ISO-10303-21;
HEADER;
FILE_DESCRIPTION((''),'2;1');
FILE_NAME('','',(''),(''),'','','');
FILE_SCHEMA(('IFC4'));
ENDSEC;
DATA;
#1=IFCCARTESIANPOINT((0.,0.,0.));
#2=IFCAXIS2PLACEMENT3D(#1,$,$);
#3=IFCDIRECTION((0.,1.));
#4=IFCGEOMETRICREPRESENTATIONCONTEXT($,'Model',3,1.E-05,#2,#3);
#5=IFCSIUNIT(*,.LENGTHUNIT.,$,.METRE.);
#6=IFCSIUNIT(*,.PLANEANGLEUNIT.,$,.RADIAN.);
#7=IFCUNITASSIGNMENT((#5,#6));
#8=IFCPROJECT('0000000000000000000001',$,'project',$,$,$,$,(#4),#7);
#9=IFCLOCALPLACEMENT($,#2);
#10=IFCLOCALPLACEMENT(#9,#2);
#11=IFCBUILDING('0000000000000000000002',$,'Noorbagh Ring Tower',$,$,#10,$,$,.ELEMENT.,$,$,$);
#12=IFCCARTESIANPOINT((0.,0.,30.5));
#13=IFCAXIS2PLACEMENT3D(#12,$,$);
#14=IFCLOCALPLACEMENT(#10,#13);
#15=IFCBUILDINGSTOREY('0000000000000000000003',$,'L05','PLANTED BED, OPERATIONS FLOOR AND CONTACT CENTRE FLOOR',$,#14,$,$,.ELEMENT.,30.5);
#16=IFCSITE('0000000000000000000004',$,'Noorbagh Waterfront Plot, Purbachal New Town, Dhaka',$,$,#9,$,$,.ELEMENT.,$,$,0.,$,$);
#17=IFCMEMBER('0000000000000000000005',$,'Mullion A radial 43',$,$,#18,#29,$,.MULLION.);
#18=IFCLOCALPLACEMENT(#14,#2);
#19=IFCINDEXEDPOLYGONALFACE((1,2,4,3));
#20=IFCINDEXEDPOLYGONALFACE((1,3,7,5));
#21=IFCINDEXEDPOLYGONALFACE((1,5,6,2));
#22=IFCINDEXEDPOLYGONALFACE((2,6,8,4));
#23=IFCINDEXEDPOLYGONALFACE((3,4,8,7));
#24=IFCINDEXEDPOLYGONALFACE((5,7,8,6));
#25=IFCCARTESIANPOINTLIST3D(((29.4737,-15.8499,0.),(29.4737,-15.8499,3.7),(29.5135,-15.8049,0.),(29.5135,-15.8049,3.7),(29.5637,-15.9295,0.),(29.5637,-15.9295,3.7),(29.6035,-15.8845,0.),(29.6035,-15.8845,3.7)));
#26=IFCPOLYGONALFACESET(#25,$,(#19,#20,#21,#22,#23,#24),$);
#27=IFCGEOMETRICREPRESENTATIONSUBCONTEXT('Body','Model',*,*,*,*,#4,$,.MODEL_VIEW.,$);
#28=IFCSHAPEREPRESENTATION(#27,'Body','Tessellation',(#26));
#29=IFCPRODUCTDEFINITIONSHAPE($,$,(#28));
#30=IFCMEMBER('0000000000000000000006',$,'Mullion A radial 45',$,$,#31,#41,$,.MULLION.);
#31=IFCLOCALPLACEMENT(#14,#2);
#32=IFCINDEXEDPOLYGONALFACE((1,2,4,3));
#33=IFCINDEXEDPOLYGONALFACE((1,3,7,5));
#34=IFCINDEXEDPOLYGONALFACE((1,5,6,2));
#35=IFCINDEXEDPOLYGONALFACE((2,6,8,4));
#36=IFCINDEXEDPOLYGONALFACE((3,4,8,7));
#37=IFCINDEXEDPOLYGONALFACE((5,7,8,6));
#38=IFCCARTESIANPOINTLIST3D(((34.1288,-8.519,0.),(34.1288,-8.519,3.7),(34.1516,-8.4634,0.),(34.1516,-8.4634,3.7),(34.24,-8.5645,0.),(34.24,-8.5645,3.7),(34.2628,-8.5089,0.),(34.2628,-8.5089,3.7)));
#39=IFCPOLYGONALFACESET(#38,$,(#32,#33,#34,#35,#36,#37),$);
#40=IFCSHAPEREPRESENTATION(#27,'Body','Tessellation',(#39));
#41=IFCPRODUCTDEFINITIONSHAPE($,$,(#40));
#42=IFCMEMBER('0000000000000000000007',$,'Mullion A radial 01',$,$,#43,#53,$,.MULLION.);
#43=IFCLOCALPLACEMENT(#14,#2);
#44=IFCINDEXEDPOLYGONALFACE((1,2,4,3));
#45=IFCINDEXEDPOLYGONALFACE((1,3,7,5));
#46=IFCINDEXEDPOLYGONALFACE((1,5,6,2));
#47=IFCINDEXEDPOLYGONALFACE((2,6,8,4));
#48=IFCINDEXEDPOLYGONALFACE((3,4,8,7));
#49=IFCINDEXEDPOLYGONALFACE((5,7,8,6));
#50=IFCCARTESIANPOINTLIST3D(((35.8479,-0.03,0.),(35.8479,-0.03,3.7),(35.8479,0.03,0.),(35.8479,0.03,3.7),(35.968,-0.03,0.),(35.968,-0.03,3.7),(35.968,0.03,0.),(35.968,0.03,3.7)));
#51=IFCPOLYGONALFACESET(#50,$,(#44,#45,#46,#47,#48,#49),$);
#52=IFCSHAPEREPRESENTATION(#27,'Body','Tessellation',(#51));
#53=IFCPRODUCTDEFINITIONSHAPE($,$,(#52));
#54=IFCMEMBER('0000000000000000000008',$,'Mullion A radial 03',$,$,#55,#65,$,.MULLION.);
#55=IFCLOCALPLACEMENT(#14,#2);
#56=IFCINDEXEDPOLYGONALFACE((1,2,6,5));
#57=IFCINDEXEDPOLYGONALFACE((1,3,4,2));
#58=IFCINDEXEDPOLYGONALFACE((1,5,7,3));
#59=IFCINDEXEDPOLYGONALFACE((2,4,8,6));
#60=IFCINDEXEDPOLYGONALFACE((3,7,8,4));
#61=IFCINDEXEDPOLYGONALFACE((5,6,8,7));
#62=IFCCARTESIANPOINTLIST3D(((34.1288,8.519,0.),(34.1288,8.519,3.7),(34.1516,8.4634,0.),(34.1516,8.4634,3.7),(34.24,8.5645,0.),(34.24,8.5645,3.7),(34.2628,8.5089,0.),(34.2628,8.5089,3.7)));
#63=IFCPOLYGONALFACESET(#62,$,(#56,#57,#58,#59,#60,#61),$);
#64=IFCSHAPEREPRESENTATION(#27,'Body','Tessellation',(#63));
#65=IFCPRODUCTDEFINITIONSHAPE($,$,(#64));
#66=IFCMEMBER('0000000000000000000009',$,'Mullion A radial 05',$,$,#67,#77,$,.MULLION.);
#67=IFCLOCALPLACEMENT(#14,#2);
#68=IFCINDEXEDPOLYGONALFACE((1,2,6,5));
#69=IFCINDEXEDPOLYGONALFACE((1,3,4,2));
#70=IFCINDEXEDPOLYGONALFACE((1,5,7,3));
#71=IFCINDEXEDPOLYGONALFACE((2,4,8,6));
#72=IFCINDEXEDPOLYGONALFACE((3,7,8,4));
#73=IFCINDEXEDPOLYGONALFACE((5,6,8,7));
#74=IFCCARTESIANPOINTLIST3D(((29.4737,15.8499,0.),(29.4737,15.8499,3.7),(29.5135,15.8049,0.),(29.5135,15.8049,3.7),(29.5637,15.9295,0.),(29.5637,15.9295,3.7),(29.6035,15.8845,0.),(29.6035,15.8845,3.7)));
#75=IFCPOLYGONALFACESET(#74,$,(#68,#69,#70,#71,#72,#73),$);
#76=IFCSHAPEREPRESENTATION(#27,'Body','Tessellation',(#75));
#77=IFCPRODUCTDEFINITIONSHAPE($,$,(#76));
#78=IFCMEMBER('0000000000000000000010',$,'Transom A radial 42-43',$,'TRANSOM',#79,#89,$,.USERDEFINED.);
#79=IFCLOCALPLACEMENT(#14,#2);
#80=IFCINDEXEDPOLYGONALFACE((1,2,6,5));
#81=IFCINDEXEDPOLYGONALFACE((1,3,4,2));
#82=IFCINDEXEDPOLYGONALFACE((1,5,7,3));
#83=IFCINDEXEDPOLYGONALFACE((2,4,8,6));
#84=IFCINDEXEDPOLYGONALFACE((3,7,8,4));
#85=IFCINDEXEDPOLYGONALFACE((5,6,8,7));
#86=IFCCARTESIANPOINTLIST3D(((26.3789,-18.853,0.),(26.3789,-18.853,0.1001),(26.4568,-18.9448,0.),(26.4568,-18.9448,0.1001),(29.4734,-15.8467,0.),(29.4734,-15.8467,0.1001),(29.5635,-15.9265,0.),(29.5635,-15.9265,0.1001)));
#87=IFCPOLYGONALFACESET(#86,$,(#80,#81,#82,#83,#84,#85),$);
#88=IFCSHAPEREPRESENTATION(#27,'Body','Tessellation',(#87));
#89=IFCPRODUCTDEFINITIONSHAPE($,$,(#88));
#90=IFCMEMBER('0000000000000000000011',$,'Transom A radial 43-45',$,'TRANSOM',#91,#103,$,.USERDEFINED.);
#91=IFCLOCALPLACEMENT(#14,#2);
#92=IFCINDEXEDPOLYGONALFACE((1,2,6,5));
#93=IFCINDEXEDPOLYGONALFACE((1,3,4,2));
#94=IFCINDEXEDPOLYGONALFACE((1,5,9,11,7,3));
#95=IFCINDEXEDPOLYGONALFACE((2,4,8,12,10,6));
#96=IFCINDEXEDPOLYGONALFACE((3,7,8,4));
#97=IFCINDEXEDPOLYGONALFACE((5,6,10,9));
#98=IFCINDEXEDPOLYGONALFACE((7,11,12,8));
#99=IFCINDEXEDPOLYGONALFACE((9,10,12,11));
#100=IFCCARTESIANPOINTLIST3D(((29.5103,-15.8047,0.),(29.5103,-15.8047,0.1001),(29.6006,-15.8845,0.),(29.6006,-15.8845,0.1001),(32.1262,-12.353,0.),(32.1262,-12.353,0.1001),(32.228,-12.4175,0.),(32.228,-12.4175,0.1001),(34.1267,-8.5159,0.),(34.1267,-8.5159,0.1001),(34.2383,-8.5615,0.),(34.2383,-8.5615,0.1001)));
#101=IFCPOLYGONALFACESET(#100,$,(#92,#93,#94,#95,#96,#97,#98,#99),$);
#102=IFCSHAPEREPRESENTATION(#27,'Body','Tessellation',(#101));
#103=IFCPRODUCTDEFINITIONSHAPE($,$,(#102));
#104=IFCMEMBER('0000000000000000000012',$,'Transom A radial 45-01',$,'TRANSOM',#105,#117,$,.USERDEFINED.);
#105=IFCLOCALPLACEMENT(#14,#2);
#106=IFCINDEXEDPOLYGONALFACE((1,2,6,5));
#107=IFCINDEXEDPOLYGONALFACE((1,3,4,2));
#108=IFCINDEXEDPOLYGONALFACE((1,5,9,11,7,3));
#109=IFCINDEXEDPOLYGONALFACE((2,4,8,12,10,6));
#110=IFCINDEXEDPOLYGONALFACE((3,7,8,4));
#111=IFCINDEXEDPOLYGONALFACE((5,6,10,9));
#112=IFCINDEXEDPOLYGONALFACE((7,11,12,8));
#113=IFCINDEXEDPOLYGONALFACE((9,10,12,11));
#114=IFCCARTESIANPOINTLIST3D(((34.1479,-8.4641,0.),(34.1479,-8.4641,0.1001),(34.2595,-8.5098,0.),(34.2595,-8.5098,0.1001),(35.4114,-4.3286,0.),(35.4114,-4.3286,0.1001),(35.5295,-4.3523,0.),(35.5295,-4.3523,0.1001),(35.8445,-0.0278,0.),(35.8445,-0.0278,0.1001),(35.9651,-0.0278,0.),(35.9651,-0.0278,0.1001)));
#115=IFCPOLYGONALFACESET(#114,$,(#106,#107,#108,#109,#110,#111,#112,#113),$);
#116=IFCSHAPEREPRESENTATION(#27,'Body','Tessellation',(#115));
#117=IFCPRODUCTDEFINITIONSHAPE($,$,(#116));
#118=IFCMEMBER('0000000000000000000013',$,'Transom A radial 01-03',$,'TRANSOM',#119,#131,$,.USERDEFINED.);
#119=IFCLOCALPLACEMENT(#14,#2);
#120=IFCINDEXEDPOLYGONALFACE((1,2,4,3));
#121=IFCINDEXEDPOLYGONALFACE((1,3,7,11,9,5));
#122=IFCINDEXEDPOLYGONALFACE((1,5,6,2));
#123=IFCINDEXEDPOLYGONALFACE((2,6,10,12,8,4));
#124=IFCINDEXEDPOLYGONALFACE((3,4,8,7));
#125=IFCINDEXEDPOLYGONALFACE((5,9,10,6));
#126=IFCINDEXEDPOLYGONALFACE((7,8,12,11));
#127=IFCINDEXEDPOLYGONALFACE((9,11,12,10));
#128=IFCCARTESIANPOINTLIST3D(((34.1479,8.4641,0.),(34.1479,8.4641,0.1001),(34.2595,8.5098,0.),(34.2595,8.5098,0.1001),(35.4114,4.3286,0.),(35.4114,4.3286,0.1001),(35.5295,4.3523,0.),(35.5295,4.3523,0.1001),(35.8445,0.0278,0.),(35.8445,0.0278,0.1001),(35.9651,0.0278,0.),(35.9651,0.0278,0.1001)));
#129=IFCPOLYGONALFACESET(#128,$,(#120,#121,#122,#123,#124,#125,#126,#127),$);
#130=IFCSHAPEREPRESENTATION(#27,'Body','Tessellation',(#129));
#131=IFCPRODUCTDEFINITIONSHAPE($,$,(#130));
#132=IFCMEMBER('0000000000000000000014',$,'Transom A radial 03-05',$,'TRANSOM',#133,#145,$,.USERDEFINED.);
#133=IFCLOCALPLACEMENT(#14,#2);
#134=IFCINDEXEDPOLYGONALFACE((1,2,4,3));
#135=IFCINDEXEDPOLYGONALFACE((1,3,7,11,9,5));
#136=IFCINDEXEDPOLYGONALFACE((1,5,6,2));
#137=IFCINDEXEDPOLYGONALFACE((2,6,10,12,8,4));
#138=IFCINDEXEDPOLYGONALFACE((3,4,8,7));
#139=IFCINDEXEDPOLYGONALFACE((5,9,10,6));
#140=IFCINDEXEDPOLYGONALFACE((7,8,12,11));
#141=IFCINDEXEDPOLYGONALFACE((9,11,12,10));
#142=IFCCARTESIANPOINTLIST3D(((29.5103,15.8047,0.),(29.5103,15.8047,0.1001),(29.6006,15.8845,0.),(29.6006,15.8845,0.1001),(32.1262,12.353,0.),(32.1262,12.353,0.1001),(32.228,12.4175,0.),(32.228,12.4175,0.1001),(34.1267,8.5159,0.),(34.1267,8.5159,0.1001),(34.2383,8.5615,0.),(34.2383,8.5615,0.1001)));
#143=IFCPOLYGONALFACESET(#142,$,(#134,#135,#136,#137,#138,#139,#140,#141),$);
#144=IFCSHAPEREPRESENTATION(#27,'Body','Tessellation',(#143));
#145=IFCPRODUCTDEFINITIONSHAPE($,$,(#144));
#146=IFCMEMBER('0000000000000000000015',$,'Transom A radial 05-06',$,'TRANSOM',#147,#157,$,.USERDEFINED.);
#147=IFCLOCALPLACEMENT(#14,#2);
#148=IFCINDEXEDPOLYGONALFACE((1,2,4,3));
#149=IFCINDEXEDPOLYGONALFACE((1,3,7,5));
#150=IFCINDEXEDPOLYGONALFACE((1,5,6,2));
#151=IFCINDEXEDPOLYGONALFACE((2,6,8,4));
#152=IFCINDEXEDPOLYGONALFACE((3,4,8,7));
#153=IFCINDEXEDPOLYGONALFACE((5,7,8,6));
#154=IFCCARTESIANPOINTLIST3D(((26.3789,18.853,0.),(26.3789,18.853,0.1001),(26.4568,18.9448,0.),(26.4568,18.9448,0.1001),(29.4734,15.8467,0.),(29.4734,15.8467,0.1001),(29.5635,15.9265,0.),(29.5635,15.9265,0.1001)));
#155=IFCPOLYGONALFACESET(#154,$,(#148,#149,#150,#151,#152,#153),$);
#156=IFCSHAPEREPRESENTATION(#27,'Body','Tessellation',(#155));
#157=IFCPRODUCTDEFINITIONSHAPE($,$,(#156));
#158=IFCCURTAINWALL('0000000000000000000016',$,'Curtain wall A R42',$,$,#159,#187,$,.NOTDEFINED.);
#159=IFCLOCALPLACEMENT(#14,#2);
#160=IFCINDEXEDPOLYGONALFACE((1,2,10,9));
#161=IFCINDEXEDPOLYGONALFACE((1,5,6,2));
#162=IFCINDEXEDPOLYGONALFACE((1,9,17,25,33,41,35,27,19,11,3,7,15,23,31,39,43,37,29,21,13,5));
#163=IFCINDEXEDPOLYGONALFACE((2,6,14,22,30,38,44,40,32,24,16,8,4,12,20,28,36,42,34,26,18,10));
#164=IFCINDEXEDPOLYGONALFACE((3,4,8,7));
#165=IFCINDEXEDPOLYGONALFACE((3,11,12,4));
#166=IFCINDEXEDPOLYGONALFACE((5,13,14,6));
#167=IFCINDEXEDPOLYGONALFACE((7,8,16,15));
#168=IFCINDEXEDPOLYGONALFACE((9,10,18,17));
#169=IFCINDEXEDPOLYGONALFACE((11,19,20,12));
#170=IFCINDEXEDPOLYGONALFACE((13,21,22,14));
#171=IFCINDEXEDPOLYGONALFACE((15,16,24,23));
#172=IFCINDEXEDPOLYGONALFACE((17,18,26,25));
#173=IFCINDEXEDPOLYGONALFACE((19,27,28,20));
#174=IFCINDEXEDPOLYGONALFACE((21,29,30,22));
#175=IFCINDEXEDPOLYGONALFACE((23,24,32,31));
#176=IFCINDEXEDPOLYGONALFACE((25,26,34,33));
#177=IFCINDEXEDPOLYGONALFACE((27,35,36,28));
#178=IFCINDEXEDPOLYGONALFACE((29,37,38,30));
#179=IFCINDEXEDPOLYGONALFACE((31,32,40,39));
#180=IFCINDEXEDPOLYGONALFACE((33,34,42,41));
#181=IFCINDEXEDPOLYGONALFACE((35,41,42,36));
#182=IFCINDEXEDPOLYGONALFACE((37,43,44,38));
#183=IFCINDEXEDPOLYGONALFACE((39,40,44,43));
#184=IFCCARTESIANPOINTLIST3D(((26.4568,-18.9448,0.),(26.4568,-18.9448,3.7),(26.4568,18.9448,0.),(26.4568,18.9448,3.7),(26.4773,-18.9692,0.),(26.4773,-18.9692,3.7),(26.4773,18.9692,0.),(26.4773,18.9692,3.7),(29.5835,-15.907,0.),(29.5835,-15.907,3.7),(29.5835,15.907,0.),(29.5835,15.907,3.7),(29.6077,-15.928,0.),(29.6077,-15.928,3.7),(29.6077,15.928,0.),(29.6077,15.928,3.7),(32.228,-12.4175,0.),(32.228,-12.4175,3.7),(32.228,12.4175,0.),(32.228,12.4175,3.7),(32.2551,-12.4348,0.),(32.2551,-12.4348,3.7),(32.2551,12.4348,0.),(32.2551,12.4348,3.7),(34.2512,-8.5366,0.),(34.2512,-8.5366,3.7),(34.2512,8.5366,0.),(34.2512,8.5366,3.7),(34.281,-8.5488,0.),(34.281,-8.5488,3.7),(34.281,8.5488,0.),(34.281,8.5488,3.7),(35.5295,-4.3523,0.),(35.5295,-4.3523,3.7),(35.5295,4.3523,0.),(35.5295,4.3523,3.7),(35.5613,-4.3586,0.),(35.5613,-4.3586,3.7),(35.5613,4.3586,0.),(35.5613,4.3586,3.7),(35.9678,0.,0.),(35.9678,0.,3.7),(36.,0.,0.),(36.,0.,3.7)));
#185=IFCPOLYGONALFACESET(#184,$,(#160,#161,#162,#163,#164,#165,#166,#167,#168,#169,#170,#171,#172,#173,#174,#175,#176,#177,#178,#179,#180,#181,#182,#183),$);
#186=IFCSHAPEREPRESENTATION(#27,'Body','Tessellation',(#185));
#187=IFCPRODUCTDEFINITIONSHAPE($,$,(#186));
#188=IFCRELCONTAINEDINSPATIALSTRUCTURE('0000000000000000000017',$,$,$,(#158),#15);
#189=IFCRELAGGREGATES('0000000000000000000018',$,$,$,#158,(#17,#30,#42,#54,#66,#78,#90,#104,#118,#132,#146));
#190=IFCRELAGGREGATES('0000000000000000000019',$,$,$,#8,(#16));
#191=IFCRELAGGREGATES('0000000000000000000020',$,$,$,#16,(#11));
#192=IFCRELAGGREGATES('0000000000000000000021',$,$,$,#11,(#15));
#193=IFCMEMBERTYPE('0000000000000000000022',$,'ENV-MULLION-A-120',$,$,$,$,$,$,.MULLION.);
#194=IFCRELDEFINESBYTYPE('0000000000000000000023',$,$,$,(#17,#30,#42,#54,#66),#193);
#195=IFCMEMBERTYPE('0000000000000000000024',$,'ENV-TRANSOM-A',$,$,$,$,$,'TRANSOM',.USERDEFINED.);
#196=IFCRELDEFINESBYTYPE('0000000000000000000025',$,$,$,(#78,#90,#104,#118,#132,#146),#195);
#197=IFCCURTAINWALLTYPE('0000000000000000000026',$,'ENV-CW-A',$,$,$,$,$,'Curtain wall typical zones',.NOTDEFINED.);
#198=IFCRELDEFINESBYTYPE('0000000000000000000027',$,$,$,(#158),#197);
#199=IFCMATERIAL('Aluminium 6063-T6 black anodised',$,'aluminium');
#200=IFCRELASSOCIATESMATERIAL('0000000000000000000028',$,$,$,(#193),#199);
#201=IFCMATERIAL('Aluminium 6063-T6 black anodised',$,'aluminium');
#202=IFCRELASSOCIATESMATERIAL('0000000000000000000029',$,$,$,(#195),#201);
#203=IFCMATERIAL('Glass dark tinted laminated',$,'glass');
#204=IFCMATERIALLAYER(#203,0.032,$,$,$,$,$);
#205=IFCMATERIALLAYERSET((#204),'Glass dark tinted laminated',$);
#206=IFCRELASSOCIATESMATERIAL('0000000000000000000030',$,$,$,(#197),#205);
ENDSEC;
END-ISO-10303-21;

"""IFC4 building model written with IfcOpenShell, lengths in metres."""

from ifc_helpers import new_model, si_unit, direction, frame, origin, origin_2d, place, context, subcontext, project, spatial, polyline, rectangle, outline, extrude, material, layer, layer_set, material_profile, profile_set, type_object, element, aggregate, save


model = new_model("IFC4")

# Units and contexts
model_context = context("Model", 3, precision=1e-05, world=origin(), true_north=direction((0.0, 1.0)))
body_context = subcontext(model_context, "Body", "Model", "MODEL_VIEW")
ifc_project = project(units=[si_unit("LENGTHUNIT", "METRE"), si_unit("PLANEANGLEUNIT", "RADIAN")], contexts=[model_context])

# Members
ifc_material_1 = material(Name="Aluminium 6063-T6 black anodised", Category="aluminium")
ifc_material_profile = material_profile(ifc_material_1, rectangle(XDim=0.1201, YDim=0.0601, at=origin_2d()), Name="120x60")
ifc_profile_set = profile_set([ifc_material_profile], Name="Aluminium 6063-T6 black anodised")
member_type_1 = type_object("IfcMemberType", Name="ENV-MULLION-A-120", PredefinedType="MULLION", material=ifc_profile_set)
site_placement = place(None, origin())
building_placement = place(site_placement, origin())
storey_placement = place(building_placement, frame((0.0, 0.0, 30.5)))
member_1_placement = place(storey_placement, frame((29.5386, -15.8672, 0.0), z_axis=(0.0, 0.0, 1.0), x_axis=(-0.749047, 0.662517, 0.0)))
member_1 = element("IfcMember", 1, at=member_1_placement, type_object=member_type_1, Name="Mullion A radial 43", PredefinedType="MULLION", context=body_context, shape_type="SweptSolid", body=[
    extrude(rectangle(XDim=0.1201, YDim=0.0601, at=origin_2d()), origin(), (0.0, 0.0, 1.0), 3.7),
])
member_2_placement = place(storey_placement, frame((34.1958, -8.5139, 0.0), z_axis=(0.0, 0.0, 1.0), x_axis=(-0.925467, 0.378827, 0.0)))
member_2 = element("IfcMember", 2, at=member_2_placement, type_object=member_type_1, Name="Mullion A radial 45", PredefinedType="MULLION", context=body_context, shape_type="SweptSolid", body=[
    extrude(rectangle(XDim=0.1201, YDim=0.0601, at=origin_2d()), origin(), (0.0, 0.0, 1.0), 3.7),
])
member_3_placement = place(storey_placement, frame((35.908, 0.0, 0.0), z_axis=(0.0, 0.0, 1.0), x_axis=(-1.0, 0.0, 0.0)))
member_3 = element("IfcMember", 3, at=member_3_placement, type_object=member_type_1, Name="Mullion A radial 01", PredefinedType="MULLION", context=body_context, shape_type="SweptSolid", body=[
    extrude(rectangle(XDim=0.1201, YDim=0.0601, at=origin_2d()), origin(), (0.0, 0.0, 1.0), 3.7),
])
member_4_placement = place(storey_placement, frame((34.1958, 8.5139, 0.0), z_axis=(0.0, 0.0, 1.0), x_axis=(-0.925467, -0.378827, 0.0)))
member_4 = element("IfcMember", 4, at=member_4_placement, type_object=member_type_1, Name="Mullion A radial 03", PredefinedType="MULLION", context=body_context, shape_type="SweptSolid", body=[
    extrude(rectangle(XDim=0.1201, YDim=0.0601, at=origin_2d()), origin(), (0.0, 0.0, 1.0), 3.7),
])
member_5_placement = place(storey_placement, frame((29.5386, 15.8672, 0.0), z_axis=(0.0, 0.0, 1.0), x_axis=(-0.749047, -0.662517, 0.0)))
member_5 = element("IfcMember", 5, at=member_5_placement, type_object=member_type_1, Name="Mullion A radial 05", PredefinedType="MULLION", context=body_context, shape_type="SweptSolid", body=[
    extrude(rectangle(XDim=0.1201, YDim=0.0601, at=origin_2d()), origin(), (0.0, 0.0, 1.0), 3.7),
])
ifc_material_2 = material(Name="Aluminium 6063-T6 black anodised", Category="aluminium")
member_type_2 = type_object("IfcMemberType", Name="ENV-TRANSOM-A", ElementType="TRANSOM", PredefinedType="USERDEFINED", material=ifc_material_2)
member_6_placement = place(storey_placement, origin())
member_6 = element("IfcMember", 6, at=member_6_placement, type_object=member_type_2, Name="Transom A radial 42-43", ObjectType="TRANSOM", PredefinedType="USERDEFINED", context=body_context, shape_type="SweptSolid", body=[
    extrude(outline(polyline([(26.4568, -18.9448), (29.5635, -15.9265), (29.4734, -15.8467), (26.3789, -18.853), (26.4568, -18.9448)])), origin(), (0.0, 0.0, 1.0), 0.1001),
])
member_7_placement = place(storey_placement, origin())
member_7 = element("IfcMember", 7, at=member_7_placement, type_object=member_type_2, Name="Transom A radial 43-45", ObjectType="TRANSOM", PredefinedType="USERDEFINED", context=body_context, shape_type="SweptSolid", body=[
    extrude(outline(polyline([(29.6006, -15.8845), (32.228, -12.4175), (34.2383, -8.5615), (34.1267, -8.5159), (32.1262, -12.353), (29.5103, -15.8047), (29.6006, -15.8845)])), origin(), (0.0, 0.0, 1.0), 0.1001),
])
member_8_placement = place(storey_placement, origin())
member_8 = element("IfcMember", 8, at=member_8_placement, type_object=member_type_2, Name="Transom A radial 45-01", ObjectType="TRANSOM", PredefinedType="USERDEFINED", context=body_context, shape_type="SweptSolid", body=[
    extrude(outline(polyline([(34.2595, -8.5098), (35.5295, -4.3523), (35.9651, -0.0278), (35.8445, -0.0278), (35.4114, -4.3286), (34.1479, -8.4641), (34.2595, -8.5098)])), origin(), (0.0, 0.0, 1.0), 0.1001),
])
member_9_placement = place(storey_placement, origin())
member_9 = element("IfcMember", 9, at=member_9_placement, type_object=member_type_2, Name="Transom A radial 01-03", ObjectType="TRANSOM", PredefinedType="USERDEFINED", context=body_context, shape_type="SweptSolid", body=[
    extrude(outline(polyline([(35.9651, 0.0278), (35.5295, 4.3523), (34.2595, 8.5098), (34.1479, 8.4641), (35.4114, 4.3286), (35.8445, 0.0278), (35.9651, 0.0278)])), origin(), (0.0, 0.0, 1.0), 0.1001),
])
member_10_placement = place(storey_placement, origin())
member_10 = element("IfcMember", 10, at=member_10_placement, type_object=member_type_2, Name="Transom A radial 03-05", ObjectType="TRANSOM", PredefinedType="USERDEFINED", context=body_context, shape_type="SweptSolid", body=[
    extrude(outline(polyline([(34.2383, 8.5615), (32.228, 12.4175), (29.6006, 15.8845), (29.5103, 15.8047), (32.1262, 12.353), (34.1267, 8.5159), (34.2383, 8.5615)])), origin(), (0.0, 0.0, 1.0), 0.1001),
])
member_11_placement = place(storey_placement, origin())
member_11 = element("IfcMember", 11, at=member_11_placement, type_object=member_type_2, Name="Transom A radial 05-06", ObjectType="TRANSOM", PredefinedType="USERDEFINED", context=body_context, shape_type="SweptSolid", body=[
    extrude(outline(polyline([(29.5635, 15.9265), (26.4568, 18.9448), (26.3789, 18.853), (29.4734, 15.8467), (29.5635, 15.9265)])), origin(), (0.0, 0.0, 1.0), 0.1001),
])

# Site, building, storey
site = spatial("IfcSite", under=ifc_project, at=site_placement, Name="Noorbagh Waterfront Plot, Purbachal New Town, Dhaka", CompositionType="ELEMENT", RefElevation=0.0)
building = spatial("IfcBuilding", under=site, at=building_placement, Name="Noorbagh Ring Tower", CompositionType="ELEMENT")
storey = spatial("IfcBuildingStorey", under=building, at=storey_placement, Name="L05", Description="PLANTED BED, OPERATIONS FLOOR AND CONTACT CENTRE FLOOR", CompositionType="ELEMENT", Elevation=30.5)

# Curtain wall
ifc_material_3 = material(Name="Glass dark tinted laminated", Category="glass")
ifc_layer = layer(ifc_material_3, 0.032)
ifc_layer_set = layer_set([ifc_layer], Name="Glass dark tinted laminated")
curtain_wall_type = type_object("IfcCurtainWallType", Name="ENV-CW-A", ElementType="Curtain wall typical zones", PredefinedType="NOTDEFINED", material=ifc_layer_set)
curtain_wall_1_placement = place(storey_placement, origin())
curtain_wall_1 = element("IfcCurtainWall", 12, at=curtain_wall_1_placement, inside=storey, type_object=curtain_wall_type, Name="Curtain wall A R42", PredefinedType="NOTDEFINED", context=body_context, shape_type="SweptSolid", body=[
    extrude(outline(polyline([(26.4773, -18.9692), (29.6077, -15.928), (32.2551, -12.4348), (34.281, -8.5488), (35.5613, -4.3586), (36.0, 0.0), (35.5613, 4.3586), (34.281, 8.5488), (32.2551, 12.4348), (29.6077, 15.928), (26.4773, 18.9692), (26.4568, 18.9448), (29.5835, 15.907), (32.228, 12.4175), (34.2512, 8.5366), (35.5295, 4.3523), (35.9678, 0.0), (35.5295, -4.3523), (34.2512, -8.5366), (32.228, -12.4175), (29.5835, -15.907), (26.4568, -18.9448), (26.4773, -18.9692)])), origin(), (0.0, 0.0, 1.0), 3.7),
])
aggregate(curtain_wall_1, [member_1, member_2, member_3, member_4, member_5, member_6, member_7, member_8, member_9, member_10, member_11])

save(model, "model.ifc")
